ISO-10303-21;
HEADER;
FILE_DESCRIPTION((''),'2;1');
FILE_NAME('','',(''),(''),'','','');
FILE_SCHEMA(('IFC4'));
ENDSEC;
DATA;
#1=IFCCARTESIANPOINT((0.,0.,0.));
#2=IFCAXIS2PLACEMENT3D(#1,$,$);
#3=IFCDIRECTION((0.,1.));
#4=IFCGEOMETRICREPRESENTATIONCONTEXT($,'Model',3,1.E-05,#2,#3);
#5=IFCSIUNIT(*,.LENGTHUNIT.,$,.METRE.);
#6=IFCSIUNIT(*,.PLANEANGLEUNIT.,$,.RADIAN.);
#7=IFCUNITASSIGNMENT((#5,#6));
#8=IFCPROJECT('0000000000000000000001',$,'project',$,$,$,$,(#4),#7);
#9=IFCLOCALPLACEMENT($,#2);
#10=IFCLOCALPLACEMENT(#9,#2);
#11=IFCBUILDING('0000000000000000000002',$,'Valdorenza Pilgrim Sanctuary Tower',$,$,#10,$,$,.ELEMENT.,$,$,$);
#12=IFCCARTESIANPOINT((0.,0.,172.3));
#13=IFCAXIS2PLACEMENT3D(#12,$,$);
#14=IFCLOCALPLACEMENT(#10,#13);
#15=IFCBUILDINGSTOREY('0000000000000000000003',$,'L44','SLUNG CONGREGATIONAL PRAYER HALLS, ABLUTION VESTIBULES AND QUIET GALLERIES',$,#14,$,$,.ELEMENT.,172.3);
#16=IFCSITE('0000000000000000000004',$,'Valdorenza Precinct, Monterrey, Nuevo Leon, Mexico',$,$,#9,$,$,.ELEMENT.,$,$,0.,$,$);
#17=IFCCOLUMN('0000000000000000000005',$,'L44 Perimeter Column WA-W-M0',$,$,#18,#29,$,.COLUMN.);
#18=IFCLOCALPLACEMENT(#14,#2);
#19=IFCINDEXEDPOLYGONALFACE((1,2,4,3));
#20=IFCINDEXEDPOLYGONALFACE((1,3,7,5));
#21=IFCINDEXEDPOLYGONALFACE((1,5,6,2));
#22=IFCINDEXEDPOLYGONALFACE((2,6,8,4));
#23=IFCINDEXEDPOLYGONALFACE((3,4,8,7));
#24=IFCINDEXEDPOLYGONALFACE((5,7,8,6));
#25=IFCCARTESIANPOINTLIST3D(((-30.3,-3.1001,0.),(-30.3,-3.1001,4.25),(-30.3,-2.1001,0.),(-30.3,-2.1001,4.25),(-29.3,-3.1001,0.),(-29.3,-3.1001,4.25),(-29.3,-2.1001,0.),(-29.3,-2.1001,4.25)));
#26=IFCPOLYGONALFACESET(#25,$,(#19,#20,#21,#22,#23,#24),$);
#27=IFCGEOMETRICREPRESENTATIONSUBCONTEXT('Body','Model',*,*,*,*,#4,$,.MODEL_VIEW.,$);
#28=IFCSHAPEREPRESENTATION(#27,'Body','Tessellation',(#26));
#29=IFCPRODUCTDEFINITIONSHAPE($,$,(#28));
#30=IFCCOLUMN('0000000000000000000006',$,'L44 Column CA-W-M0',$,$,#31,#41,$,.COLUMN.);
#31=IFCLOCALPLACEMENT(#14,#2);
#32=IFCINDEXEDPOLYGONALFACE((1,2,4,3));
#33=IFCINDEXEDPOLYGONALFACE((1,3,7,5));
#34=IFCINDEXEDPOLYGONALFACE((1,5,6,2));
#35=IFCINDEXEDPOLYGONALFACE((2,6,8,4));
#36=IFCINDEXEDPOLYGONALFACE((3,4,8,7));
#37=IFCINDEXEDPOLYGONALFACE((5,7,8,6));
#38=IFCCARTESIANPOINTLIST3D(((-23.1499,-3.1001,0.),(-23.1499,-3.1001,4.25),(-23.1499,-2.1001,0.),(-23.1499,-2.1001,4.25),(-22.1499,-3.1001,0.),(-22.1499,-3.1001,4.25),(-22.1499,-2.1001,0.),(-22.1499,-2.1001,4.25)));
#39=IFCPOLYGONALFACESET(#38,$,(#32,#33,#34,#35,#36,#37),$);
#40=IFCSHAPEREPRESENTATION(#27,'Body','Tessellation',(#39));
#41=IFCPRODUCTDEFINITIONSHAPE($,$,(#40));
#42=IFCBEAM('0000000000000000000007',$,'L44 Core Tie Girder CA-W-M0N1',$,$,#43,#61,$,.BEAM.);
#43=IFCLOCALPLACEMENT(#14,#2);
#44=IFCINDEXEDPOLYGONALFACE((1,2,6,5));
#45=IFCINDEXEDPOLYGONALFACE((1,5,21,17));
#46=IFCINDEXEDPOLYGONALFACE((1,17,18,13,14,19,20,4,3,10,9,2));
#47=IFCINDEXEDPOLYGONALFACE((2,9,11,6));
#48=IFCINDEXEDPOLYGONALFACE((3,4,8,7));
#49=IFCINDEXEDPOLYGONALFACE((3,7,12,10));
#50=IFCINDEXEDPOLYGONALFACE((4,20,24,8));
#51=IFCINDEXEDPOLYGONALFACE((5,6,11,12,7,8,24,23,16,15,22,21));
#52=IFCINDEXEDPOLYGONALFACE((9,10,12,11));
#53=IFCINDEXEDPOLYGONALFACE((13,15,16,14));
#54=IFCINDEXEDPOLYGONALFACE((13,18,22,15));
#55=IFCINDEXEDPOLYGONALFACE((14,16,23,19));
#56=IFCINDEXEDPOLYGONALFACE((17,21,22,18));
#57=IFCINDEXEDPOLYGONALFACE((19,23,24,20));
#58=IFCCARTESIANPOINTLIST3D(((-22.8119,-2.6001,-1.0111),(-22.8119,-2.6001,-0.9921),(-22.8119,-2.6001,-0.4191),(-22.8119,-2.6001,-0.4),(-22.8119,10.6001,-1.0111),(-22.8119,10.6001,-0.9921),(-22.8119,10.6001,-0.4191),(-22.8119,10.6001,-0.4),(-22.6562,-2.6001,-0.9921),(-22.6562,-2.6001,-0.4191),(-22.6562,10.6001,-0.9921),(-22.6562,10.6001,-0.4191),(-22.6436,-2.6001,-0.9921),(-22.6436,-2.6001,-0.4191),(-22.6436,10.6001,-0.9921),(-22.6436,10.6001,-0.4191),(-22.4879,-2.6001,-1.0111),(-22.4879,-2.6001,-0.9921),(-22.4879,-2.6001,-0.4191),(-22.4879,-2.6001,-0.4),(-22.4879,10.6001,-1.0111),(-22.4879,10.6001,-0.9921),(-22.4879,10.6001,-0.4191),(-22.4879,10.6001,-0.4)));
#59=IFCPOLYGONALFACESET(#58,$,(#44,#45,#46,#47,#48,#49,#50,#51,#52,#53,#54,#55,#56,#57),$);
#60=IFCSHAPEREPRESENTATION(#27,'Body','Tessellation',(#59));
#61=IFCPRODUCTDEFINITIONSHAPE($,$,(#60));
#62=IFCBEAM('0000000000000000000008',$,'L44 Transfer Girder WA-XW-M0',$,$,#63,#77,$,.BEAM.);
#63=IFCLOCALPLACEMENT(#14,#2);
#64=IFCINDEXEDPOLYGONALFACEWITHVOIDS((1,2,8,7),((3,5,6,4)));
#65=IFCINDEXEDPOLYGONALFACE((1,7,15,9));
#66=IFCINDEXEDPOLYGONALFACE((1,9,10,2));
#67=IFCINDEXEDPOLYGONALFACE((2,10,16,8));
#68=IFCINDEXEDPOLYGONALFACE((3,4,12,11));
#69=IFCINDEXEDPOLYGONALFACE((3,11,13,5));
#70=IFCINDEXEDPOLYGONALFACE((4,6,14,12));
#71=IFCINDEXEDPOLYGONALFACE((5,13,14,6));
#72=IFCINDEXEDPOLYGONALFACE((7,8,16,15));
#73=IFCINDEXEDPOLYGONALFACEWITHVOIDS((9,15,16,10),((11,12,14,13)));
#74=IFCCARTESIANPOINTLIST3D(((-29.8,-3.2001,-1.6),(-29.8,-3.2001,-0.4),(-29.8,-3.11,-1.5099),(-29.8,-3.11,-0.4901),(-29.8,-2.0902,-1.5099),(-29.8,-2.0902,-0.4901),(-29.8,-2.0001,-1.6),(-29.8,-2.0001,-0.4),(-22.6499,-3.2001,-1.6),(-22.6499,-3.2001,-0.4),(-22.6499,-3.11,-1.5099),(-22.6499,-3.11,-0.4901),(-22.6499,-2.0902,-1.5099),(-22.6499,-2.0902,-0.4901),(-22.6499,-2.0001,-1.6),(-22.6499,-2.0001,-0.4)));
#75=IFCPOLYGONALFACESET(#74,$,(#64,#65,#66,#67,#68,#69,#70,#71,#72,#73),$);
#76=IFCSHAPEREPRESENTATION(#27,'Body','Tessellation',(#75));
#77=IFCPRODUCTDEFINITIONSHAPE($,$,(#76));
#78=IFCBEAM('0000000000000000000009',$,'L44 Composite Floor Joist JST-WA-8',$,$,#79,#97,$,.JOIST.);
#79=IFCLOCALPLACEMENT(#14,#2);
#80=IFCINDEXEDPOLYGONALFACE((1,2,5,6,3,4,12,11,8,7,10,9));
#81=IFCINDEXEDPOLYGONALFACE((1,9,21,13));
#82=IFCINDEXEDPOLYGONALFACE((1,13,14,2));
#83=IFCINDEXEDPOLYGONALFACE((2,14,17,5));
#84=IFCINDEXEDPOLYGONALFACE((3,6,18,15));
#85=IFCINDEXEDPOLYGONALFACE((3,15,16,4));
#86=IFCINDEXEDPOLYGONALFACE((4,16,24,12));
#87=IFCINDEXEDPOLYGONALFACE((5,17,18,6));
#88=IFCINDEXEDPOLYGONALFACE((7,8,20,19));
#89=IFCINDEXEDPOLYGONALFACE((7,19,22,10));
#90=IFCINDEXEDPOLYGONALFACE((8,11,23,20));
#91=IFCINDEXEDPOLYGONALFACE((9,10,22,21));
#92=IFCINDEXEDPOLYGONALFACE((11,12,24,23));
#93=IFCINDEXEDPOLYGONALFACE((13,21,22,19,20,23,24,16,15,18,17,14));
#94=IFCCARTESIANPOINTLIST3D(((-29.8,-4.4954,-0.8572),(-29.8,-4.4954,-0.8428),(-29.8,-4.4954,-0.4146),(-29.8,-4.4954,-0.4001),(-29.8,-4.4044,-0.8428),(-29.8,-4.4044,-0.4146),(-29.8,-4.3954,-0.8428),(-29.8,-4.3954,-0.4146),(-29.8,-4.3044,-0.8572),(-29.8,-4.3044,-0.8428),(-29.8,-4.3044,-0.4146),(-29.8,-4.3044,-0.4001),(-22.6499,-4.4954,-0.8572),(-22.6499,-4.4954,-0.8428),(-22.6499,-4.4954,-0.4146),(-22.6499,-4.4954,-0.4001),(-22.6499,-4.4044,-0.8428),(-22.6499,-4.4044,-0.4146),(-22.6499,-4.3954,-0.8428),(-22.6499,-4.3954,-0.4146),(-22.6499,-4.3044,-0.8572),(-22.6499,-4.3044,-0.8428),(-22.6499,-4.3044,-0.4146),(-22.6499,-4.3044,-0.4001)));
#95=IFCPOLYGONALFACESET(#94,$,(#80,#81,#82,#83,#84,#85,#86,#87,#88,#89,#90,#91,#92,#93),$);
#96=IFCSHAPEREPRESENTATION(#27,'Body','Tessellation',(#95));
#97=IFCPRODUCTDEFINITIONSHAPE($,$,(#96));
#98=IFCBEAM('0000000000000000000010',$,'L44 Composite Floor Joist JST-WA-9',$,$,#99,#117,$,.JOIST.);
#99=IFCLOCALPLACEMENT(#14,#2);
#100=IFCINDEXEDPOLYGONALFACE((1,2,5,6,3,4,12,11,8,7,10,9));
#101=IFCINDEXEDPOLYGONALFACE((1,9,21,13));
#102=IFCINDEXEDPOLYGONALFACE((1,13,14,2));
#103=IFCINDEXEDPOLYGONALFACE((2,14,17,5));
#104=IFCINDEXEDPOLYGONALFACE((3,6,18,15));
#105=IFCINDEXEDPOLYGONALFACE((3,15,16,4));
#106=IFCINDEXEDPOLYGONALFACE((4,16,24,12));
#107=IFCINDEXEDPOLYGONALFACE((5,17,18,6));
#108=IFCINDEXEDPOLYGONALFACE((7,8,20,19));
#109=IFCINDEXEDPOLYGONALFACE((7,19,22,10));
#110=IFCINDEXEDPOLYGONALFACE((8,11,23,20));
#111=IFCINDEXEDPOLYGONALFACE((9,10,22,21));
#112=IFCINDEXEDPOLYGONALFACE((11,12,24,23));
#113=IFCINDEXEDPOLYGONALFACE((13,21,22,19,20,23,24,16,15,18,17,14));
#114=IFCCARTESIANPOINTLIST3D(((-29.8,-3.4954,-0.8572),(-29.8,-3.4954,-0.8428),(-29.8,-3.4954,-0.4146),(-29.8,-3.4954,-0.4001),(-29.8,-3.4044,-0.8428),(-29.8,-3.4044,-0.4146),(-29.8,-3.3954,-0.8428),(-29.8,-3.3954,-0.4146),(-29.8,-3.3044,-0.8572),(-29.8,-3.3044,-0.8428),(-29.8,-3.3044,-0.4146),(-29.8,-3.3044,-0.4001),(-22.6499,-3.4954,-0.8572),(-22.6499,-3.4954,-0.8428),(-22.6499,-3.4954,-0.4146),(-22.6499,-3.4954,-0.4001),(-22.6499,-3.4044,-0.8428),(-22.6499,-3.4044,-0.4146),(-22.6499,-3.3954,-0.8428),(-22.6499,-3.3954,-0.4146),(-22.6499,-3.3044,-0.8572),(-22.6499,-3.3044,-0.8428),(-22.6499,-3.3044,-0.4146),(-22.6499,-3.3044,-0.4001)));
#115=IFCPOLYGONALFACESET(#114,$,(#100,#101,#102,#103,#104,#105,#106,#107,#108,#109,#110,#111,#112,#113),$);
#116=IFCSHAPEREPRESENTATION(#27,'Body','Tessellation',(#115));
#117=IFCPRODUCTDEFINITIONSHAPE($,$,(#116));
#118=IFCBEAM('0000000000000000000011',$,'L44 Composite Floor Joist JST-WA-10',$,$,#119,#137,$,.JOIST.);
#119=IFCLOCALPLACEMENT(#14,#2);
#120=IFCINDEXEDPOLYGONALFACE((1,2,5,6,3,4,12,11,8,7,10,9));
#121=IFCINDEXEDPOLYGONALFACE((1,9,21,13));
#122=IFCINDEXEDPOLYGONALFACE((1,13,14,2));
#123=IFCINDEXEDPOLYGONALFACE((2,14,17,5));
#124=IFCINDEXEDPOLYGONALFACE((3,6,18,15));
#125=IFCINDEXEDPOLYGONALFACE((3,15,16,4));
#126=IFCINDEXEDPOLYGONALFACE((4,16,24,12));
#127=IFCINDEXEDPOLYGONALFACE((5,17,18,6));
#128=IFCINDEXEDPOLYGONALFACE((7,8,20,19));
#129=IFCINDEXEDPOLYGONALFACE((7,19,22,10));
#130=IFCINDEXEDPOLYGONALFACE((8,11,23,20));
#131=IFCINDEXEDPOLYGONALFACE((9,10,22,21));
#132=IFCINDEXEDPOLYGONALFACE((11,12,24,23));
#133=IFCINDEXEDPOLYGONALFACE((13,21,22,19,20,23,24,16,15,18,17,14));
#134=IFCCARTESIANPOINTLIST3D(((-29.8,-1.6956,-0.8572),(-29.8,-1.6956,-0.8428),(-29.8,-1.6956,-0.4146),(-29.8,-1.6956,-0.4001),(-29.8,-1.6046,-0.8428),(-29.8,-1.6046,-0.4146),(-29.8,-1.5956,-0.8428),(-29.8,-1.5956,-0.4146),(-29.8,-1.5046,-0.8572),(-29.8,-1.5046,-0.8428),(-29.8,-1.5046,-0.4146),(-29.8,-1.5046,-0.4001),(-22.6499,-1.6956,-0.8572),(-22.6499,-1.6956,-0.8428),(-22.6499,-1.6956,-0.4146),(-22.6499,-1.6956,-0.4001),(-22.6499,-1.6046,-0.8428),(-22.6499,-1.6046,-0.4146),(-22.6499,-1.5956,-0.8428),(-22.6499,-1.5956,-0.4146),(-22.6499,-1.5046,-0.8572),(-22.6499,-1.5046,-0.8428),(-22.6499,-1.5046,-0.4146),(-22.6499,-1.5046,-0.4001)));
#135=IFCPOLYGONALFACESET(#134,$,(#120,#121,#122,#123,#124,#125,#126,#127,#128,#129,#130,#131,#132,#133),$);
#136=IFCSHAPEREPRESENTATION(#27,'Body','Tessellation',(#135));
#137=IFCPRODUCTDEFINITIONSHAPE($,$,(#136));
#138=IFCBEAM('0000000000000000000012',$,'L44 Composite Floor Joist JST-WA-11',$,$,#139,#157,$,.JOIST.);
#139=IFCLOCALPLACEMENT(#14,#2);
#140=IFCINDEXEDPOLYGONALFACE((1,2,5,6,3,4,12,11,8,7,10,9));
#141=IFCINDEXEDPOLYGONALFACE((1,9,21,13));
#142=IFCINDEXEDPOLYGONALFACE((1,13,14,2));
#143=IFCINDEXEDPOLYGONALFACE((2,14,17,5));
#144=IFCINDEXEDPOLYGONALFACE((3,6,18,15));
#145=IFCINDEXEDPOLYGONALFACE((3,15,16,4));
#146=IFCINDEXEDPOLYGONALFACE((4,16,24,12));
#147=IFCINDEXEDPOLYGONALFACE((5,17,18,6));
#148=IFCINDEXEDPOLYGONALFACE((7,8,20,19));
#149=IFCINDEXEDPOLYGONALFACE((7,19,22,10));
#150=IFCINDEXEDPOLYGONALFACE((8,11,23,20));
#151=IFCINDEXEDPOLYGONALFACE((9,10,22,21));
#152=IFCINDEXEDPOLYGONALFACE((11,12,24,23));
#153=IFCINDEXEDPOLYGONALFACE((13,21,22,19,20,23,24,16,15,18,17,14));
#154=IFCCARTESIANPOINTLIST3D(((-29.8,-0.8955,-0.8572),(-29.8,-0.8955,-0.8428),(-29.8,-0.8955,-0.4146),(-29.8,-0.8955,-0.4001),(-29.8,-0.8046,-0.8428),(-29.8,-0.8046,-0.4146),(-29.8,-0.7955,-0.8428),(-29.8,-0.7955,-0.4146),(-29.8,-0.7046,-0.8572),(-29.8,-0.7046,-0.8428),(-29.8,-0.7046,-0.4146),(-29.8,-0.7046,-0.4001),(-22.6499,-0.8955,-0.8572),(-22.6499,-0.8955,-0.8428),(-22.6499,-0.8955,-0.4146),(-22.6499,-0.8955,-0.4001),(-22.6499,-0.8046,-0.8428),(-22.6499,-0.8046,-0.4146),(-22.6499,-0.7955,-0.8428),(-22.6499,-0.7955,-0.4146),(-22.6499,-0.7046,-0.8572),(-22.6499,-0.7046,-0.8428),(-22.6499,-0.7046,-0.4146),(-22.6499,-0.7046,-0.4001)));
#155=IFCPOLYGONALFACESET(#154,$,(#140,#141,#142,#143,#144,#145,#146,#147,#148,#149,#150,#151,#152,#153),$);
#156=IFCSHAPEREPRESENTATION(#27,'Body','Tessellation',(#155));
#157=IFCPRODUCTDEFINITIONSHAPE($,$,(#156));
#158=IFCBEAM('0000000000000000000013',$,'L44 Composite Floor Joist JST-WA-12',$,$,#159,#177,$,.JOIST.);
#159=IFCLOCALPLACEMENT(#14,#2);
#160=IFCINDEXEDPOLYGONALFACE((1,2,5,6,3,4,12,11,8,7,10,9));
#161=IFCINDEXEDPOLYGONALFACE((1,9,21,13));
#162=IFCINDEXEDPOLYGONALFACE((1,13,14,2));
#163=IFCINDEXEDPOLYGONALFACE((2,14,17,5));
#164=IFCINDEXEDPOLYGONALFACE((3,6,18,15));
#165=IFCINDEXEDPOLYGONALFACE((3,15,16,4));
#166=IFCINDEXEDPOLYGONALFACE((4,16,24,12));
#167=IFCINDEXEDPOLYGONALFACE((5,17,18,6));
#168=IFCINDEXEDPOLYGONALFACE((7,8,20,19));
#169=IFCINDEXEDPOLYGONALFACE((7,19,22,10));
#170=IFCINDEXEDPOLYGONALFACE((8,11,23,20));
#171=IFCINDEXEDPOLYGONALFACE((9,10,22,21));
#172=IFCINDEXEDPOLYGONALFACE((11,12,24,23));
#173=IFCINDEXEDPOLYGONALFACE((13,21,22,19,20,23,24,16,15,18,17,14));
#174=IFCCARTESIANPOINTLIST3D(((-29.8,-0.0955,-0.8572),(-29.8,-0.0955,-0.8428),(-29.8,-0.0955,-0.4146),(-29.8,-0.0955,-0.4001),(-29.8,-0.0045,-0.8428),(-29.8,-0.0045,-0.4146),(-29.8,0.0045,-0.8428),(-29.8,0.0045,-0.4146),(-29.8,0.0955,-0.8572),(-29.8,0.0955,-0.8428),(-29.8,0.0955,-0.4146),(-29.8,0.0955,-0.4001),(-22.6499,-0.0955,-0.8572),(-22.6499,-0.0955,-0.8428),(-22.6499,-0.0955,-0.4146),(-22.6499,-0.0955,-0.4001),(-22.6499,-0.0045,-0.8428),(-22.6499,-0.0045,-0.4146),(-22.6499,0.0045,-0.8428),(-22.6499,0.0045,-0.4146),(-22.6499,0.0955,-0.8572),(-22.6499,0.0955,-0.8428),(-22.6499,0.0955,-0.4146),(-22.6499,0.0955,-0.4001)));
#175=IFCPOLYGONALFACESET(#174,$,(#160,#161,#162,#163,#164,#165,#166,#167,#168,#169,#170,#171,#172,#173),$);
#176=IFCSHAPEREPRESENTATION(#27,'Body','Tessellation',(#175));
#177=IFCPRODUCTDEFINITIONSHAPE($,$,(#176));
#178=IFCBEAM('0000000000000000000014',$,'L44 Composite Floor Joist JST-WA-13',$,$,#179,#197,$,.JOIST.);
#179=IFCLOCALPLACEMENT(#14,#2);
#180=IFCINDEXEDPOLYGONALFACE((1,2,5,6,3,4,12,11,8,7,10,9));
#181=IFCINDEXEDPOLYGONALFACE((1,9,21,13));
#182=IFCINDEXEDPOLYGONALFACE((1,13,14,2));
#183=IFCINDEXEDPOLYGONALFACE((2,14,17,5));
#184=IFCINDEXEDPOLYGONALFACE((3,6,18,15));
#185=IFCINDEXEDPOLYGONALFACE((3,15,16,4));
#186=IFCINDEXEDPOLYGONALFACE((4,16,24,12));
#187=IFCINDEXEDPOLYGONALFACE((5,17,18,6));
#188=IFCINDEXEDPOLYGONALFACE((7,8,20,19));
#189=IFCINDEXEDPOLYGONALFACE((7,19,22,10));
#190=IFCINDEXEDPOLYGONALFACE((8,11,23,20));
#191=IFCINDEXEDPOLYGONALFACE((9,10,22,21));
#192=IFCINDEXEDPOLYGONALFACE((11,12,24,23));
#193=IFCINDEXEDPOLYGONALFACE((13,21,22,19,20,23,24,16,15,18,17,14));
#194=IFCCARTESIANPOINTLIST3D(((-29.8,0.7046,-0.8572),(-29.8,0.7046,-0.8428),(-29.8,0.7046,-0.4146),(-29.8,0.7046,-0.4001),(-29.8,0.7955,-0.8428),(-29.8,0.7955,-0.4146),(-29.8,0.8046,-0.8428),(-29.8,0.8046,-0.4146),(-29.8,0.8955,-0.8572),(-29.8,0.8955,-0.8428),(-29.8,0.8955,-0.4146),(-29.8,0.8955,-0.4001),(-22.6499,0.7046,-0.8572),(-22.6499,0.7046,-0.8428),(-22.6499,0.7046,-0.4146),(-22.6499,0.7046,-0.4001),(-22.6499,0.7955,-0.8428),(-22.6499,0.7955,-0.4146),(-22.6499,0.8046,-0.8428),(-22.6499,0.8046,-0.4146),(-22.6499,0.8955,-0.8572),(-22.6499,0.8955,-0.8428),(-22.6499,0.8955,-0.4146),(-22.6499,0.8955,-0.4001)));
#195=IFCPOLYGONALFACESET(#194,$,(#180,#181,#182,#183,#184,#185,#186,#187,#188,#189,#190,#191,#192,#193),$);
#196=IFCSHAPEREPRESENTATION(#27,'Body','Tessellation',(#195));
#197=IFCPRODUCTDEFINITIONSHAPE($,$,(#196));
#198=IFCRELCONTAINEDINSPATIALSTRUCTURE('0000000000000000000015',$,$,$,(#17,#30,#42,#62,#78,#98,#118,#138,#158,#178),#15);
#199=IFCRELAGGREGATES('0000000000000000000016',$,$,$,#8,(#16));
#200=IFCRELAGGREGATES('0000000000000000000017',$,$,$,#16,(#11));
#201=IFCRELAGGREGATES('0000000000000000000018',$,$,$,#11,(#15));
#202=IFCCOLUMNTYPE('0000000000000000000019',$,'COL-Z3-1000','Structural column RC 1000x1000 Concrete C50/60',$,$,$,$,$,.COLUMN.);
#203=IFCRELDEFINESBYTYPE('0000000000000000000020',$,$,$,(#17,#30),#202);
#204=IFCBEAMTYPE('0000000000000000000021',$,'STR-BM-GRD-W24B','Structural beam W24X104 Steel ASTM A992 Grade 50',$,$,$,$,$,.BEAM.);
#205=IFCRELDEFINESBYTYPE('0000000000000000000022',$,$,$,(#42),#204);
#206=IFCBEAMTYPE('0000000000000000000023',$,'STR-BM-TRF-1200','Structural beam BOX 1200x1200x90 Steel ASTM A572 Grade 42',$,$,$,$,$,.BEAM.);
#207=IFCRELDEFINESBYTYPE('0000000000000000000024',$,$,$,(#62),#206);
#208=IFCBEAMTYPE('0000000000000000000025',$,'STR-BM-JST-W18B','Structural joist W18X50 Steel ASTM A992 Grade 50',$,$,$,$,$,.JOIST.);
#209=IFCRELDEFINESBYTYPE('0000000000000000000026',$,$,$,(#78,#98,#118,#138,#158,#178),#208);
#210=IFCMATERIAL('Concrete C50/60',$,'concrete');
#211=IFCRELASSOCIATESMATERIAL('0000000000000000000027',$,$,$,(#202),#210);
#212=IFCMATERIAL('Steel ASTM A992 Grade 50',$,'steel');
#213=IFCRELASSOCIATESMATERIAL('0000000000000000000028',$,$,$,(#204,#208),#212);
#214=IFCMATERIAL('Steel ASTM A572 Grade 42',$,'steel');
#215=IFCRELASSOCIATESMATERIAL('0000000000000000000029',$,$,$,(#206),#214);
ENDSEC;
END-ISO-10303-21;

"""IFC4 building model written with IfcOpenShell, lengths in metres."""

from ifc_helpers import new_model, si_unit, direction, frame, origin, origin_2d, place, context, subcontext, project, spatial, rectangle, hollow_rectangle, i_section, extrude, source, transform, mapped, material, material_profile, profile_set, type_object, element, save


model = new_model("IFC4")

# Units and contexts
model_context = context("Model", 3, precision=1e-05, world=origin(), true_north=direction((0.0, 1.0)))
body_context = subcontext(model_context, "Body", "Model", "MODEL_VIEW")
ifc_project = project(units=[si_unit("LENGTHUNIT", "METRE"), si_unit("PLANEANGLEUNIT", "RADIAN")], contexts=[model_context])

# Site, building, storey
site_placement = place(None, origin())
site = spatial("IfcSite", under=ifc_project, at=site_placement, Name="Valdorenza Precinct, Monterrey, Nuevo Leon, Mexico", CompositionType="ELEMENT", RefElevation=0.0)
building_placement = place(site_placement, origin())
building = spatial("IfcBuilding", under=site, at=building_placement, Name="Valdorenza Pilgrim Sanctuary Tower", CompositionType="ELEMENT")
storey_placement = place(building_placement, frame((0.0, 0.0, 172.3)))
storey = spatial("IfcBuildingStorey", under=building, at=storey_placement, Name="L44", Description="SLUNG CONGREGATIONAL PRAYER HALLS, ABLUTION VESTIBULES AND QUIET GALLERIES", CompositionType="ELEMENT", Elevation=172.3)

# Columns
ifc_material_1 = material(Name="Concrete C50/60", Category="concrete")
ifc_material_profile_1 = material_profile(ifc_material_1, rectangle(XDim=1.0, YDim=1.0, at=origin_2d()), Name="RC 1000x1000")
ifc_profile_set_1 = profile_set([ifc_material_profile_1], Name="Concrete C50/60")
column_type = type_object("IfcColumnType", Name="COL-Z3-1000", Description="Structural column RC 1000x1000 Concrete C50/60", PredefinedType="COLUMN", material=ifc_profile_set_1)
shared_shape_1 = source(origin(), body_context, "Body", "SweptSolid", [
    extrude(rectangle(XDim=1.0, YDim=1.0, at=origin_2d()), origin(), (0.0, 0.0, 1.0), 4.25),
])
for number, where, z_axis, x_axis, name in (
    (1, (-29.8, -2.6001, 0.0), (0.0, 0.0, 1.0), (1.0, 0.0, 0.0), "L44 Perimeter Column WA-W-M0"),
    (2, (-22.6499, -2.6001, 0.0), (0.0, 0.0, 1.0), (1.0, 0.0, 0.0), "L44 Column CA-W-M0"),
):
    element("IfcColumn", number, at=place(storey_placement, frame(where, z_axis=z_axis, x_axis=x_axis)), inside=storey, type_object=column_type, Name=name, PredefinedType="COLUMN", context=body_context, shape_type="MappedRepresentation", body=[
        mapped(shared_shape_1, transform((0.0, 0.0, 0.0), x_axis=(1.0, 0.0, 0.0), y_axis=(0.0, 1.0, 0.0), z_axis=(0.0, 0.0, 1.0), scale=1.0)),
    ])

# Beams
ifc_material_2 = material(Name="Steel ASTM A992 Grade 50", Category="steel")
ifc_material_profile_2 = material_profile(ifc_material_2, i_section(OverallWidth=0.324, OverallDepth=0.6111, WebThickness=0.0127, FlangeThickness=0.019, at=origin_2d()), Name="W24X104")
ifc_profile_set_2 = profile_set([ifc_material_profile_2], Name="Steel ASTM A992 Grade 50")
beam_type_1 = type_object("IfcBeamType", Name="STR-BM-GRD-W24B", Description="Structural beam W24X104 Steel ASTM A992 Grade 50", PredefinedType="BEAM", material=ifc_profile_set_2)
shared_shape_2 = source(origin(), body_context, "Body", "SweptSolid", [
    extrude(i_section(OverallWidth=0.324, OverallDepth=0.6111, WebThickness=0.0127, FlangeThickness=0.019, at=origin_2d()), origin(), (0.0, 0.0, 1.0), 13.2002),
])
beam_1_placement = place(storey_placement, frame((-22.6499, -2.6001, -0.7056), z_axis=(0.0, 1.0, 0.0), x_axis=(-1.0, 0.0, 0.0)))
element("IfcBeam", 3, at=beam_1_placement, inside=storey, type_object=beam_type_1, Name="L44 Core Tie Girder CA-W-M0N1", PredefinedType="BEAM", context=body_context, shape_type="MappedRepresentation", body=[
    mapped(shared_shape_2, transform((0.0, 0.0, 0.0), x_axis=(1.0, 0.0, 0.0), y_axis=(0.0, 1.0, 0.0), z_axis=(0.0, 0.0, 1.0), scale=1.0)),
])
ifc_material_3 = material(Name="Steel ASTM A572 Grade 42", Category="steel")
ifc_material_profile_3 = material_profile(ifc_material_3, hollow_rectangle(XDim=1.2, YDim=1.2, WallThickness=0.0901, at=origin_2d()), Name="BOX 1200x1200x90")
ifc_profile_set_3 = profile_set([ifc_material_profile_3], Name="Steel ASTM A572 Grade 42")
beam_type_2 = type_object("IfcBeamType", Name="STR-BM-TRF-1200", Description="Structural beam BOX 1200x1200x90 Steel ASTM A572 Grade 42", PredefinedType="BEAM", material=ifc_profile_set_3)
shared_shape_3 = source(origin(), body_context, "Body", "SweptSolid", [
    extrude(hollow_rectangle(XDim=1.2, YDim=1.2, WallThickness=0.0901, at=origin_2d()), origin(), (0.0, 0.0, 1.0), 7.1501),
])
beam_2_placement = place(storey_placement, frame((-29.8, -2.6001, -1.0), z_axis=(1.0, 0.0, 0.0), x_axis=(0.0, 1.0, 0.0)))
element("IfcBeam", 4, at=beam_2_placement, inside=storey, type_object=beam_type_2, Name="L44 Transfer Girder WA-XW-M0", PredefinedType="BEAM", context=body_context, shape_type="MappedRepresentation", body=[
    mapped(shared_shape_3, transform((0.0, 0.0, 0.0), x_axis=(1.0, 0.0, 0.0), y_axis=(0.0, 1.0, 0.0), z_axis=(0.0, 0.0, 1.0), scale=1.0)),
])
ifc_material_profile_4 = material_profile(ifc_material_2, i_section(OverallWidth=0.1909, OverallDepth=0.457, WebThickness=0.009, FlangeThickness=0.0144, at=origin_2d()), Name="W18X50")
ifc_profile_set_4 = profile_set([ifc_material_profile_4], Name="Steel ASTM A992 Grade 50")
beam_type_3 = type_object("IfcBeamType", Name="STR-BM-JST-W18B", Description="Structural joist W18X50 Steel ASTM A992 Grade 50", PredefinedType="JOIST", material=ifc_profile_set_4)
shared_shape_4 = source(origin(), body_context, "Body", "SweptSolid", [
    extrude(i_section(OverallWidth=0.1909, OverallDepth=0.457, WebThickness=0.009, FlangeThickness=0.0144, at=origin_2d()), origin(), (0.0, 0.0, 1.0), 7.1501),
])
for number, where, z_axis, x_axis, name in (
    (5, (-29.8, -4.3999, -0.6287), (1.0, 0.0, 0.0), (0.0, 1.0, 0.0), "L44 Composite Floor Joist JST-WA-8"),
    (6, (-29.8, -3.3999, -0.6287), (1.0, 0.0, 0.0), (0.0, 1.0, 0.0), "L44 Composite Floor Joist JST-WA-9"),
    (7, (-29.8, -1.6001, -0.6287), (1.0, 0.0, 0.0), (0.0, 1.0, 0.0), "L44 Composite Floor Joist JST-WA-10"),
    (8, (-29.8, -0.8, -0.6287), (1.0, 0.0, 0.0), (0.0, 1.0, 0.0), "L44 Composite Floor Joist JST-WA-11"),
    (9, (-29.8, 0.0, -0.6287), (1.0, 0.0, 0.0), (0.0, 1.0, 0.0), "L44 Composite Floor Joist JST-WA-12"),
    (10, (-29.8, 0.8, -0.6287), (1.0, 0.0, 0.0), (0.0, 1.0, 0.0), "L44 Composite Floor Joist JST-WA-13"),
):
    element("IfcBeam", number, at=place(storey_placement, frame(where, z_axis=z_axis, x_axis=x_axis)), inside=storey, type_object=beam_type_3, Name=name, PredefinedType="JOIST", context=body_context, shape_type="MappedRepresentation", body=[
        mapped(shared_shape_4, transform((0.0, 0.0, 0.0), x_axis=(1.0, 0.0, 0.0), y_axis=(0.0, 1.0, 0.0), z_axis=(0.0, 0.0, 1.0), scale=1.0)),
    ])

save(model, "model.ifc")
